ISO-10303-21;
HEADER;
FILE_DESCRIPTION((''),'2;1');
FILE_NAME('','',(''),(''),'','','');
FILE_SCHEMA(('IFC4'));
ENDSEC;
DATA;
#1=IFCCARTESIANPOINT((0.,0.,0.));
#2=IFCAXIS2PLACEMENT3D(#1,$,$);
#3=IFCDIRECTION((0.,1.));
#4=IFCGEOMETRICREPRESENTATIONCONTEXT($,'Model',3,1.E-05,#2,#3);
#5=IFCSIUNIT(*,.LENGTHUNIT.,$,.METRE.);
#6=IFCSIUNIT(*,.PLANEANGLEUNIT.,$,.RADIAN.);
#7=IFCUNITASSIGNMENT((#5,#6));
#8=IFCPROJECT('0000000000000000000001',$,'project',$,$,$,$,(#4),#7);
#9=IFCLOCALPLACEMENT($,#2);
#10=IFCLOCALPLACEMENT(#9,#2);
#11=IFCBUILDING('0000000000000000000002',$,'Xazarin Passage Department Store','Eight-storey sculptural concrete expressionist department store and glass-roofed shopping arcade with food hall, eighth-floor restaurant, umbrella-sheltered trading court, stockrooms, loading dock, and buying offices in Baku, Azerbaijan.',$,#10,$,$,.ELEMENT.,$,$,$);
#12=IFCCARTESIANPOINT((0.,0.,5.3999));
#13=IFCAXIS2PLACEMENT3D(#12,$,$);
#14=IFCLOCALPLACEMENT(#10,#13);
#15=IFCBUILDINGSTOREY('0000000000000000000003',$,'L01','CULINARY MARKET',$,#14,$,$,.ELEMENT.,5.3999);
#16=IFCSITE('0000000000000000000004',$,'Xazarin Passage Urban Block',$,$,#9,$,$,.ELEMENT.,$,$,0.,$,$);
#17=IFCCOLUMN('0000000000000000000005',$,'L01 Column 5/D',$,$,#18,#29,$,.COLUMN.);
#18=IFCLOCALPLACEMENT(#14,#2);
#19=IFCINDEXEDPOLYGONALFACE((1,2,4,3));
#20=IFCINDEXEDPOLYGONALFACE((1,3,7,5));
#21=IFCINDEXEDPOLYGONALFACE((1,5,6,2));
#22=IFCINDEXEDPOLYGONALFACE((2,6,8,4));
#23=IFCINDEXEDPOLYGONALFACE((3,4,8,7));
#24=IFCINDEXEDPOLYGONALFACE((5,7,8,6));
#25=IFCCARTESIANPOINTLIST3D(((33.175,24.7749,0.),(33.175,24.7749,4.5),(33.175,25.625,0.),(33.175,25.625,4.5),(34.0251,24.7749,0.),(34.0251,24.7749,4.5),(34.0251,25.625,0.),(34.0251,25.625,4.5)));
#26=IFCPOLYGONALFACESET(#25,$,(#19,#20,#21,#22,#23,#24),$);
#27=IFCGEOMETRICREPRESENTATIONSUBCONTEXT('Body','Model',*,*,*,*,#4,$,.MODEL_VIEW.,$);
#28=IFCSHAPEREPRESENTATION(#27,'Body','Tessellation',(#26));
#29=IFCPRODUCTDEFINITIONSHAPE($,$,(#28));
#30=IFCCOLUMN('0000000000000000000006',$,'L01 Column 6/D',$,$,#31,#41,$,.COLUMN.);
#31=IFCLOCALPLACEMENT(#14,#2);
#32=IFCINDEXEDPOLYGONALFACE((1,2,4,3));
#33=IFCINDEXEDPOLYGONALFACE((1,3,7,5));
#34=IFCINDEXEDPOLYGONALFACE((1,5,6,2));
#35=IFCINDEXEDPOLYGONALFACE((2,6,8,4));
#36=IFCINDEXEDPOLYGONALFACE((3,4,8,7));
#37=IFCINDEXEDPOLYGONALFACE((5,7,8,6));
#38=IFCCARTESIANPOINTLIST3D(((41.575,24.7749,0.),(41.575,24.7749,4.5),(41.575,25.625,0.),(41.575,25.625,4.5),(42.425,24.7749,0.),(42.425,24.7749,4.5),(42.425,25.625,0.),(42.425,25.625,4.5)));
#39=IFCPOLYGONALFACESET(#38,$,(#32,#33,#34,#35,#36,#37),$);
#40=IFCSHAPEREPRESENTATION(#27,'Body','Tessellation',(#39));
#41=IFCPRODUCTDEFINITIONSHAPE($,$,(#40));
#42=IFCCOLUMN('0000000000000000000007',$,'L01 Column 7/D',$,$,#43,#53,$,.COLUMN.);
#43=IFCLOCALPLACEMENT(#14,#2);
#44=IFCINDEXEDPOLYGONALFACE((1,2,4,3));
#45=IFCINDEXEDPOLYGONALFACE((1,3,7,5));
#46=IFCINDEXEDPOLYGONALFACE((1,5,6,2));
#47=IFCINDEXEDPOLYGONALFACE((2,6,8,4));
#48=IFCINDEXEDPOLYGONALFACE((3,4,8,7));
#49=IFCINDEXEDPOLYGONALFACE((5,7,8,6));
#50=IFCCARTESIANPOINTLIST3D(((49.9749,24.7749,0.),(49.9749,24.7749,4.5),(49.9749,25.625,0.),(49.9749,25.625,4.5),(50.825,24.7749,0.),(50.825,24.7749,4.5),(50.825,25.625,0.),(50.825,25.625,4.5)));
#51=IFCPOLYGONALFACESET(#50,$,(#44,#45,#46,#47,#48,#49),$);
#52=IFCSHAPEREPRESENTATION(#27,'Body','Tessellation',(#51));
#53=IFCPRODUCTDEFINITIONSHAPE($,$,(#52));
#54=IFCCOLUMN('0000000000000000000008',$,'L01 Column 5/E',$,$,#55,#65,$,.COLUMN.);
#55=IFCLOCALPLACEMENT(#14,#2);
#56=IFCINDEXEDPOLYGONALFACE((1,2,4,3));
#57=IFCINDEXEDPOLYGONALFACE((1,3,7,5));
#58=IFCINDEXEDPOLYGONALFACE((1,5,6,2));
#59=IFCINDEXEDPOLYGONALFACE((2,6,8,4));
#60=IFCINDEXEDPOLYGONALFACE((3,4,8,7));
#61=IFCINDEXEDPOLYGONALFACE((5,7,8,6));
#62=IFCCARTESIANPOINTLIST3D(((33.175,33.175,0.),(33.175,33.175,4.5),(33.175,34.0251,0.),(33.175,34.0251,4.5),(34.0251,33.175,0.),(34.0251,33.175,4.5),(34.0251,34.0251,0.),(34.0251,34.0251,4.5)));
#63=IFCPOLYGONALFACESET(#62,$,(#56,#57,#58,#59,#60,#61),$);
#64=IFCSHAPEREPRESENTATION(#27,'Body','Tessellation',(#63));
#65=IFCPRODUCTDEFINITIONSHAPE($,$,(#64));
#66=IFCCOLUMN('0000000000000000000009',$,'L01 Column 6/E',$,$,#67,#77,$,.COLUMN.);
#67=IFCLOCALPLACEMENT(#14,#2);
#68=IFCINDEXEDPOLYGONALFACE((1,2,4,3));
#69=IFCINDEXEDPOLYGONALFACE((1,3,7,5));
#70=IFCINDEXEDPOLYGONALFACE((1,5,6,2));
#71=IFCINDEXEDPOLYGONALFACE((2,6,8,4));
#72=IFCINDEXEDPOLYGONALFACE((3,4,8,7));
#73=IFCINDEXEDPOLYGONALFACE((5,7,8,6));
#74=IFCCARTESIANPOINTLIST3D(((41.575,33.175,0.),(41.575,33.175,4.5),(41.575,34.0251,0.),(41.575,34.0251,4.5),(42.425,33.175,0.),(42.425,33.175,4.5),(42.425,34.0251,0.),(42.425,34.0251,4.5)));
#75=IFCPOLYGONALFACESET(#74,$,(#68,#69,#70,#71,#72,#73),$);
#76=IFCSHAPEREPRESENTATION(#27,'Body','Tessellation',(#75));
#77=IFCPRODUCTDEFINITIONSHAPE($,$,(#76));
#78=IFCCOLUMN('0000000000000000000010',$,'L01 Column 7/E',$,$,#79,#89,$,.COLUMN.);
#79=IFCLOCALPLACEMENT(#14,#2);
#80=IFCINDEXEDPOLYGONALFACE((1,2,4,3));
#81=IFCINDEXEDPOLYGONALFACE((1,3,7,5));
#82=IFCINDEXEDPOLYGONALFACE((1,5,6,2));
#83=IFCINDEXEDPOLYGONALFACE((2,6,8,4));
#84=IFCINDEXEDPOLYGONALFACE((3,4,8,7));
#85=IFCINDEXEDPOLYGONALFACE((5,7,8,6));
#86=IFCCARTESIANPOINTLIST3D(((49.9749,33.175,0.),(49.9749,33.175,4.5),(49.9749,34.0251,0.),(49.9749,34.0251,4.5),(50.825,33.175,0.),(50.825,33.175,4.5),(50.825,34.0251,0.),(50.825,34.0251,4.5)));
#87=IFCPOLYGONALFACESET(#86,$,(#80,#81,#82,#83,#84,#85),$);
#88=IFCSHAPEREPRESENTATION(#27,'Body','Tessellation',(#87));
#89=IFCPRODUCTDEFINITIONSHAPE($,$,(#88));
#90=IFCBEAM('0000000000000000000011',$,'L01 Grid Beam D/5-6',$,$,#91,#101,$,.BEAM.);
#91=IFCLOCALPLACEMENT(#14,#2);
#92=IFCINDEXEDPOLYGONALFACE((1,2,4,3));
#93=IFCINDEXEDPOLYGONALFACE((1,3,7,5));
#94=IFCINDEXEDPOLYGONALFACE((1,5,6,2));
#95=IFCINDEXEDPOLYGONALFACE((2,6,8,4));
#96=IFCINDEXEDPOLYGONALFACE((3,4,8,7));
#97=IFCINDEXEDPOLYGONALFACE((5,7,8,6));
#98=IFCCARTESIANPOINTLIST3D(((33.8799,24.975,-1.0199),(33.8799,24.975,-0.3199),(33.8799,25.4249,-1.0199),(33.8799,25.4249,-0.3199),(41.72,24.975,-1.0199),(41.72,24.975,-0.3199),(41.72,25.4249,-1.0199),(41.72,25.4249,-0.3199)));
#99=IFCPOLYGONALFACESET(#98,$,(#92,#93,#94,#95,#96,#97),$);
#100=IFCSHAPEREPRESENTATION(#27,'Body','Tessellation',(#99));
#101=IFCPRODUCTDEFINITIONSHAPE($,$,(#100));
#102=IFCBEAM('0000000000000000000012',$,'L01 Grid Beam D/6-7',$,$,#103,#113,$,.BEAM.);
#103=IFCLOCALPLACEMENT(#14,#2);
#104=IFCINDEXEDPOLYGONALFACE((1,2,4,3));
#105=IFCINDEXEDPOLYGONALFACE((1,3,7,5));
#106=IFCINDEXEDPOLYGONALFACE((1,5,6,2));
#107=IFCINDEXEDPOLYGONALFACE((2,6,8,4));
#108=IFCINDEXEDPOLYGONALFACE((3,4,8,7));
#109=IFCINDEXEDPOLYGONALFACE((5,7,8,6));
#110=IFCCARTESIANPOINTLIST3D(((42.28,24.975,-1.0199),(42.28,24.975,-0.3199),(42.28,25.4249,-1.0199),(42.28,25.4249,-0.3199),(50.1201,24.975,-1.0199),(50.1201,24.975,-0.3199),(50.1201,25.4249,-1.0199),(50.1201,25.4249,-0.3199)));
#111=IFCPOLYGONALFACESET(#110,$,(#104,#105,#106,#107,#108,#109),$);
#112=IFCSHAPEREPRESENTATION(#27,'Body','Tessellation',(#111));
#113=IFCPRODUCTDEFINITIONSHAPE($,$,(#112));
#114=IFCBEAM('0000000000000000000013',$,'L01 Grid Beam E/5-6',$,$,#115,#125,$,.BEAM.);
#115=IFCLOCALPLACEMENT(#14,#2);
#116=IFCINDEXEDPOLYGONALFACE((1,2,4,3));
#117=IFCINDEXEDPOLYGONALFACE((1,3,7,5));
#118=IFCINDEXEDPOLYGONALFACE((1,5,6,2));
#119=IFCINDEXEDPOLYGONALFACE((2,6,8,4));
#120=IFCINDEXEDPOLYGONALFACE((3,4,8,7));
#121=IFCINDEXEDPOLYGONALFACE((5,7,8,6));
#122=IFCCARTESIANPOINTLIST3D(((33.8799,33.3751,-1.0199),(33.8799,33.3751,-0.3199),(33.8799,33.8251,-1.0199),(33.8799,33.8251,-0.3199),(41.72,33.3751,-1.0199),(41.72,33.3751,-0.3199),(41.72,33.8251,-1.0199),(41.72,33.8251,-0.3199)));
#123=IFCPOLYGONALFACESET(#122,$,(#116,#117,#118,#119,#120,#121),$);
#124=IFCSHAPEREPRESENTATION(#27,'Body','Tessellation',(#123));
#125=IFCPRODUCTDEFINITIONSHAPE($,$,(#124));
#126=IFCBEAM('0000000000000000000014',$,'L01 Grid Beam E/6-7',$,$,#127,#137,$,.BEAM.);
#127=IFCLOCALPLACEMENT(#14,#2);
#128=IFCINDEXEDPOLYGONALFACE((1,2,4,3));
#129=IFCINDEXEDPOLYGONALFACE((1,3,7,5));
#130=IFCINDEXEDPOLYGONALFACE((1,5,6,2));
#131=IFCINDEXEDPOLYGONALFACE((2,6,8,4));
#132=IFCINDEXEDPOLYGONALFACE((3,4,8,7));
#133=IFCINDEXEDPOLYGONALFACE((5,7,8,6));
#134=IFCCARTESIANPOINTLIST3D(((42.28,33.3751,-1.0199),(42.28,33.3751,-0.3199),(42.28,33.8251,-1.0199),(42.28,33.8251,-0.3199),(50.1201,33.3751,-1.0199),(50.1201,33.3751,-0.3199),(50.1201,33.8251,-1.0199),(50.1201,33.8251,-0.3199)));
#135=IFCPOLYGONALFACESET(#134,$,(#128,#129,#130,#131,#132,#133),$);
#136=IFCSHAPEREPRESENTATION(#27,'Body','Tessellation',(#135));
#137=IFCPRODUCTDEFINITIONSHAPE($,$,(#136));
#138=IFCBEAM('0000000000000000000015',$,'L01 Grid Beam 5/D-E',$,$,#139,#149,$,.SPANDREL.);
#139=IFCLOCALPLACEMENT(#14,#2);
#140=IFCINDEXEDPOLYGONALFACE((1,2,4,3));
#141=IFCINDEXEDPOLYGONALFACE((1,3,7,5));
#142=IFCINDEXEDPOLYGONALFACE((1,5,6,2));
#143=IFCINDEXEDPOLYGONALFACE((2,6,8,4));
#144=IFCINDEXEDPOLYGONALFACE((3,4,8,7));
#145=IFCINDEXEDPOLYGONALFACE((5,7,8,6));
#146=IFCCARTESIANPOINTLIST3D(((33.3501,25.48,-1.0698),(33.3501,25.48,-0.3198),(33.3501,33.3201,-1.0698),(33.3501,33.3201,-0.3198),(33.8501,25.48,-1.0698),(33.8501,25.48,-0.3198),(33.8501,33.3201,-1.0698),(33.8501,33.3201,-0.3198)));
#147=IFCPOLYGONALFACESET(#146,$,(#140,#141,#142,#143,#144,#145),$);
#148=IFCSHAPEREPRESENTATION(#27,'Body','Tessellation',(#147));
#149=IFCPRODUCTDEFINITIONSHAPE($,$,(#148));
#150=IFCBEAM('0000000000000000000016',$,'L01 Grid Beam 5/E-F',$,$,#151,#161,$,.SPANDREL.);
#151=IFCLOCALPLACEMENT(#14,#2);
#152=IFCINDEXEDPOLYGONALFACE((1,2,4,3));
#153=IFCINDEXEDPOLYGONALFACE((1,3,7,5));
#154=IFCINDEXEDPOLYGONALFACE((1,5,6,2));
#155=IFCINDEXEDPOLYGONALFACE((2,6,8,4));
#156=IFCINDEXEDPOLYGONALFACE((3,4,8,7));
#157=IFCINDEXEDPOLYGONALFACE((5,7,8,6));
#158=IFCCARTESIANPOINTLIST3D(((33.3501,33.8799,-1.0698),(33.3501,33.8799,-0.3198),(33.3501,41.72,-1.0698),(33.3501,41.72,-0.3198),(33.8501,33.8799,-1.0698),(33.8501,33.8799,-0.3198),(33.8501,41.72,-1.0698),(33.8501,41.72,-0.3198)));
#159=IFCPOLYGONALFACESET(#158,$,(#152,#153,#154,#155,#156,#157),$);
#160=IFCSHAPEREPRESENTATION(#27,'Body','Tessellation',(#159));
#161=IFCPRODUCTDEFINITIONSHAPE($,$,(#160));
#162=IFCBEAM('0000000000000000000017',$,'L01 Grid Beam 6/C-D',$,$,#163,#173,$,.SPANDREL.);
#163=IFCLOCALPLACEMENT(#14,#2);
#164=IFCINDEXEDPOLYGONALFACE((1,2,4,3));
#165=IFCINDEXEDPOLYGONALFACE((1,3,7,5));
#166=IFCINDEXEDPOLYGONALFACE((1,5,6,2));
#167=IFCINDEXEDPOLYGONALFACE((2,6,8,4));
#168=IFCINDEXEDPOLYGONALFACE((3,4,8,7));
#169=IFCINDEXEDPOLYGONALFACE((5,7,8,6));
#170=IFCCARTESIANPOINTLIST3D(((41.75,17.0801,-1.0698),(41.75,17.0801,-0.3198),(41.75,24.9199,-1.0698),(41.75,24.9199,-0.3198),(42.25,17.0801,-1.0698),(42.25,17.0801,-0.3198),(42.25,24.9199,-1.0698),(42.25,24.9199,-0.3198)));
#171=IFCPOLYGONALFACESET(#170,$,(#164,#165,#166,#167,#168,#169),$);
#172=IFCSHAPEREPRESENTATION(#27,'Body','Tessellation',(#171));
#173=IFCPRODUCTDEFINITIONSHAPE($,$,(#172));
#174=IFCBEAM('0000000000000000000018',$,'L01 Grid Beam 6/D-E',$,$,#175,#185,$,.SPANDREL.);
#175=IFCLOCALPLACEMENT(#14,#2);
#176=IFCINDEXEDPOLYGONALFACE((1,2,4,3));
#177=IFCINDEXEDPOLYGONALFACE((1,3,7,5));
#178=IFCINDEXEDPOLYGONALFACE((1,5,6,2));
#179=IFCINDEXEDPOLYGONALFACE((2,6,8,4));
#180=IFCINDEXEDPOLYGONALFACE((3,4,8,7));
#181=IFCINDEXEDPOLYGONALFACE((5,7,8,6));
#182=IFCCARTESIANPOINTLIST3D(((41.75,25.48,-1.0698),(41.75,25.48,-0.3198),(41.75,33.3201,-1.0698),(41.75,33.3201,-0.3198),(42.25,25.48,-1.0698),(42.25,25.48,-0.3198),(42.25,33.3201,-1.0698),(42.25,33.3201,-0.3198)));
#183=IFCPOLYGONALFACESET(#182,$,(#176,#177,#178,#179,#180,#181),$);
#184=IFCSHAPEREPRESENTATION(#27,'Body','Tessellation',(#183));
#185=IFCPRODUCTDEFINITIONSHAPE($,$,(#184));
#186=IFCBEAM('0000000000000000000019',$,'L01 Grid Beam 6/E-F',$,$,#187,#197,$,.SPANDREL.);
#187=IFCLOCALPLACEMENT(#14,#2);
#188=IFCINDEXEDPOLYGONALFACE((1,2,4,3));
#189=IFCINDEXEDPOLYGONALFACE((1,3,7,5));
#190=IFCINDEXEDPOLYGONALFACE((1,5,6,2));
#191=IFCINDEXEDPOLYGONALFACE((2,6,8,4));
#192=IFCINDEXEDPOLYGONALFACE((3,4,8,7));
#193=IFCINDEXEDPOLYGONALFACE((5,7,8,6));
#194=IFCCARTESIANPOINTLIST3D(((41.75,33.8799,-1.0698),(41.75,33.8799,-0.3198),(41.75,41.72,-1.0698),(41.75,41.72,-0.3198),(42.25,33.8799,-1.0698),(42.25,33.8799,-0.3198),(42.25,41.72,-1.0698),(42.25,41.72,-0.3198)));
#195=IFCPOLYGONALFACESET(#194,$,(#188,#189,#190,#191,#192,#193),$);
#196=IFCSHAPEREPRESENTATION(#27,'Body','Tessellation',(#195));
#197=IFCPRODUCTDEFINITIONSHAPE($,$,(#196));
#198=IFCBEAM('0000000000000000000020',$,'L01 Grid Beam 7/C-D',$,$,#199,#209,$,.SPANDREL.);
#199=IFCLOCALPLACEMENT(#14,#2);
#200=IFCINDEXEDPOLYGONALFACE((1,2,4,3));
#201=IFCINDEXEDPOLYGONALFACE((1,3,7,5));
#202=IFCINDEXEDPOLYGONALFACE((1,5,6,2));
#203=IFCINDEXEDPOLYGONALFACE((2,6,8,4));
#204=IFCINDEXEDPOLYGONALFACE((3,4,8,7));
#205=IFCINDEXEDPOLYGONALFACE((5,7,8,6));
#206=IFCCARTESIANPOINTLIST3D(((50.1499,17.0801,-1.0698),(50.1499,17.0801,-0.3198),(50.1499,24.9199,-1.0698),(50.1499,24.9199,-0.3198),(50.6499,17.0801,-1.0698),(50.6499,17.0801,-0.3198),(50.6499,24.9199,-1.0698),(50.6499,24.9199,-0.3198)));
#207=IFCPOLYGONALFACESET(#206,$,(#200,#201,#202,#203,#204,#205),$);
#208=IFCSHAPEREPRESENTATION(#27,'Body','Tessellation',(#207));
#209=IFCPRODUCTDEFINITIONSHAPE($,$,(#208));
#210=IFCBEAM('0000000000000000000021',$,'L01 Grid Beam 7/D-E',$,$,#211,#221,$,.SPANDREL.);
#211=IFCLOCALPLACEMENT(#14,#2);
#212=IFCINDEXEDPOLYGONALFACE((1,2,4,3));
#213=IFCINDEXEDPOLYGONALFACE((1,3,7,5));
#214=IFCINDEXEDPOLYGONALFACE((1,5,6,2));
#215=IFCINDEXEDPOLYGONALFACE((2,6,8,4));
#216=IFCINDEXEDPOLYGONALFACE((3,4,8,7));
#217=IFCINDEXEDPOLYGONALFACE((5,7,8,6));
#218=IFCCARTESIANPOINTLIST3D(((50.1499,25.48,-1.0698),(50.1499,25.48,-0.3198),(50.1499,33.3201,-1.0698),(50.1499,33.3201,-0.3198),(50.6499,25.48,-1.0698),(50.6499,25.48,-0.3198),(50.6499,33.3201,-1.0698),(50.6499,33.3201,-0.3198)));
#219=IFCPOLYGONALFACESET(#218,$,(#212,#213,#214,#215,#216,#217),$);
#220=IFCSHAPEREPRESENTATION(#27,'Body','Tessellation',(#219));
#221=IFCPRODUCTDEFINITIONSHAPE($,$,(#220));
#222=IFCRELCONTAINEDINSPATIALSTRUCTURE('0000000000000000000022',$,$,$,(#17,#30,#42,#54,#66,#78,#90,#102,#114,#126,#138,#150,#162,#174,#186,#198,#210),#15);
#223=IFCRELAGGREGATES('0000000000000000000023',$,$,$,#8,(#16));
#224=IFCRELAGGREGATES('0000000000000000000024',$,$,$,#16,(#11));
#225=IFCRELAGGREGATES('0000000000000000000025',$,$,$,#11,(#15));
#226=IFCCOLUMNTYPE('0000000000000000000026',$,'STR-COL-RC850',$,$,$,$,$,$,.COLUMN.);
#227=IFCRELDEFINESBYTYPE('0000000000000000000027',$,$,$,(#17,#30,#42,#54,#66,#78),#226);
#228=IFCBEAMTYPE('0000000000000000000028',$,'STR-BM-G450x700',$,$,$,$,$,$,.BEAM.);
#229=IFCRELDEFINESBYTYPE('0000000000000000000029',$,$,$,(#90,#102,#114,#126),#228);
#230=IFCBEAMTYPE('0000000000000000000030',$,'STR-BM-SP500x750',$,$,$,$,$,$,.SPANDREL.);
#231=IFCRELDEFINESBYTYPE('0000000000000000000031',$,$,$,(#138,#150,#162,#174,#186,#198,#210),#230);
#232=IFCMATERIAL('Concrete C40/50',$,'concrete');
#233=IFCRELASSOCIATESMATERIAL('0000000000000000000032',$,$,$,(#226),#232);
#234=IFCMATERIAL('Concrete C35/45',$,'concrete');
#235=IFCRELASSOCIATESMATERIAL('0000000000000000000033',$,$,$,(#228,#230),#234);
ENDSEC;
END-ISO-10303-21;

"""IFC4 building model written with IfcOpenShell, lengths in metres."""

from ifc_helpers import new_model, si_unit, direction, frame, origin, origin_2d, place, context, subcontext, project, spatial, rectangle, extrude, material, material_profile, profile_set, type_object, element, save


model = new_model("IFC4")

# Units and contexts
model_context = context("Model", 3, precision=1e-05, world=origin(), true_north=direction((0.0, 1.0)))
body_context = subcontext(model_context, "Body", "Model", "MODEL_VIEW")
ifc_project = project(units=[si_unit("LENGTHUNIT", "METRE"), si_unit("PLANEANGLEUNIT", "RADIAN")], contexts=[model_context])

# Site, building, storey
site_placement = place(None, origin())
site = spatial("IfcSite", under=ifc_project, at=site_placement, Name="Xazarin Passage Urban Block", CompositionType="ELEMENT", RefElevation=0.0)
building_placement = place(site_placement, origin())
building = spatial("IfcBuilding", under=site, at=building_placement, Name="Xazarin Passage Department Store", Description="Eight-storey sculptural concrete expressionist department store and glass-roofed shopping arcade with food hall, eighth-floor restaurant, umbrella-sheltered trading court, stockrooms, loading dock, and buying offices in Baku, Azerbaijan.", CompositionType="ELEMENT")
storey_placement = place(building_placement, frame((0.0, 0.0, 5.3999)))
storey = spatial("IfcBuildingStorey", under=building, at=storey_placement, Name="L01", Description="CULINARY MARKET", CompositionType="ELEMENT", Elevation=5.3999)

# Columns
ifc_material_1 = material(Name="Concrete C40/50", Category="concrete")
ifc_material_profile_1 = material_profile(ifc_material_1, rectangle(XDim=0.8501, YDim=0.8501, at=origin_2d()), Name="RC 850x850")
ifc_profile_set_1 = profile_set([ifc_material_profile_1], Name="Concrete C40/50")
column_type = type_object("IfcColumnType", Name="STR-COL-RC850", PredefinedType="COLUMN", material=ifc_profile_set_1)
for number, where, z_axis, x_axis, name in (
    (1, (33.6001, 25.2, 0.0), (0.0, 0.0, 1.0), (1.0, 0.0, 0.0), "L01 Column 5/D"),
    (2, (42.0, 25.2, 0.0), (0.0, 0.0, 1.0), (1.0, 0.0, 0.0), "L01 Column 6/D"),
    (3, (50.3999, 25.2, 0.0), (0.0, 0.0, 1.0), (1.0, 0.0, 0.0), "L01 Column 7/D"),
    (4, (33.6001, 33.6001, 0.0), (0.0, 0.0, 1.0), (1.0, 0.0, 0.0), "L01 Column 5/E"),
    (5, (42.0, 33.6001, 0.0), (0.0, 0.0, 1.0), (1.0, 0.0, 0.0), "L01 Column 6/E"),
    (6, (50.3999, 33.6001, 0.0), (0.0, 0.0, 1.0), (1.0, 0.0, 0.0), "L01 Column 7/E"),
):
    element("IfcColumn", number, at=place(storey_placement, frame(where, z_axis=z_axis, x_axis=x_axis)), inside=storey, type_object=column_type, Name=name, PredefinedType="COLUMN", context=body_context, shape_type="SweptSolid", body=[
        extrude(rectangle(XDim=0.8501, YDim=0.8501, at=origin_2d()), origin(), (0.0, 0.0, 1.0), 4.5),
    ])

# Beams
ifc_material_2 = material(Name="Concrete C35/45", Category="concrete")
ifc_material_profile_2 = material_profile(ifc_material_2, rectangle(XDim=0.45, YDim=0.7, at=origin_2d()), Name="RC 450x700")
ifc_profile_set_2 = profile_set([ifc_material_profile_2], Name="Concrete C35/45")
beam_type_1 = type_object("IfcBeamType", Name="STR-BM-G450x700", PredefinedType="BEAM", material=ifc_profile_set_2)
for number, where, z_axis, x_axis, name in (
    (7, (33.8799, 25.2, -0.6699), (1.0, 0.0, 0.0), (0.0, 1.0, 0.0), "L01 Grid Beam D/5-6"),
    (8, (42.28, 25.2, -0.6699), (1.0, 0.0, 0.0), (0.0, 1.0, 0.0), "L01 Grid Beam D/6-7"),
    (9, (33.8799, 33.6001, -0.6699), (1.0, 0.0, 0.0), (0.0, 1.0, 0.0), "L01 Grid Beam E/5-6"),
    (10, (42.28, 33.6001, -0.6699), (1.0, 0.0, 0.0), (0.0, 1.0, 0.0), "L01 Grid Beam E/6-7"),
):
    element("IfcBeam", number, at=place(storey_placement, frame(where, z_axis=z_axis, x_axis=x_axis)), inside=storey, type_object=beam_type_1, Name=name, PredefinedType="BEAM", context=body_context, shape_type="SweptSolid", body=[
        extrude(rectangle(XDim=0.45, YDim=0.7, at=origin_2d()), origin(), (0.0, 0.0, 1.0), 7.8401),
    ])
ifc_material_profile_3 = material_profile(ifc_material_2, rectangle(XDim=0.5, YDim=0.75, at=origin_2d()), Name="RC 500x750")
ifc_profile_set_3 = profile_set([ifc_material_profile_3], Name="Concrete C35/45")
beam_type_2 = type_object("IfcBeamType", Name="STR-BM-SP500x750", PredefinedType="SPANDREL", material=ifc_profile_set_3)
for number, where, z_axis, x_axis, name in (
    (11, (33.6001, 25.48, -0.6948), (0.0, 1.0, 0.0), (-1.0, 0.0, 0.0), "L01 Grid Beam 5/D-E"),
    (12, (33.6001, 33.8799, -0.6948), (0.0, 1.0, 0.0), (-1.0, 0.0, 0.0), "L01 Grid Beam 5/E-F"),
):
    element("IfcBeam", number, at=place(storey_placement, frame(where, z_axis=z_axis, x_axis=x_axis)), inside=storey, type_object=beam_type_2, Name=name, PredefinedType="SPANDREL", context=body_context, shape_type="SweptSolid", body=[
        extrude(rectangle(XDim=0.5, YDim=0.75, at=origin_2d()), origin(), (0.0, 0.0, 1.0), 7.8401),
    ])
beam_1_placement = place(storey_placement, frame((42.0, 17.0801, -0.6948), z_axis=(0.0, 1.0, 0.0), x_axis=(-1.0, 0.0, 0.0)))
element("IfcBeam", 13, at=beam_1_placement, inside=storey, type_object=beam_type_2, Name="L01 Grid Beam 6/C-D", PredefinedType="SPANDREL", context=body_context, shape_type="SweptSolid", body=[
    extrude(rectangle(XDim=0.5, YDim=0.75, at=origin_2d()), origin(), (0.0, 0.0, 1.0), 7.8398),
])
for number, where, z_axis, x_axis, name in (
    (14, (42.0, 25.48, -0.6948), (0.0, 1.0, 0.0), (-1.0, 0.0, 0.0), "L01 Grid Beam 6/D-E"),
    (15, (42.0, 33.8799, -0.6948), (0.0, 1.0, 0.0), (-1.0, 0.0, 0.0), "L01 Grid Beam 6/E-F"),
):
    element("IfcBeam", number, at=place(storey_placement, frame(where, z_axis=z_axis, x_axis=x_axis)), inside=storey, type_object=beam_type_2, Name=name, PredefinedType="SPANDREL", context=body_context, shape_type="SweptSolid", body=[
        extrude(rectangle(XDim=0.5, YDim=0.75, at=origin_2d()), origin(), (0.0, 0.0, 1.0), 7.8401),
    ])
beam_2_placement = place(storey_placement, frame((50.3999, 17.0801, -0.6948), z_axis=(0.0, 1.0, 0.0), x_axis=(-1.0, 0.0, 0.0)))
element("IfcBeam", 16, at=beam_2_placement, inside=storey, type_object=beam_type_2, Name="L01 Grid Beam 7/C-D", PredefinedType="SPANDREL", context=body_context, shape_type="SweptSolid", body=[
    extrude(rectangle(XDim=0.5, YDim=0.75, at=origin_2d()), origin(), (0.0, 0.0, 1.0), 7.8398),
])
for number, where, z_axis, x_axis, name in (
    (17, (50.3999, 25.48, -0.6948), (0.0, 1.0, 0.0), (-1.0, 0.0, 0.0), "L01 Grid Beam 7/D-E"),
):
    element("IfcBeam", number, at=place(storey_placement, frame(where, z_axis=z_axis, x_axis=x_axis)), inside=storey, type_object=beam_type_2, Name=name, PredefinedType="SPANDREL", context=body_context, shape_type="SweptSolid", body=[
        extrude(rectangle(XDim=0.5, YDim=0.75, at=origin_2d()), origin(), (0.0, 0.0, 1.0), 7.8401),
    ])

save(model, "model.ifc")
